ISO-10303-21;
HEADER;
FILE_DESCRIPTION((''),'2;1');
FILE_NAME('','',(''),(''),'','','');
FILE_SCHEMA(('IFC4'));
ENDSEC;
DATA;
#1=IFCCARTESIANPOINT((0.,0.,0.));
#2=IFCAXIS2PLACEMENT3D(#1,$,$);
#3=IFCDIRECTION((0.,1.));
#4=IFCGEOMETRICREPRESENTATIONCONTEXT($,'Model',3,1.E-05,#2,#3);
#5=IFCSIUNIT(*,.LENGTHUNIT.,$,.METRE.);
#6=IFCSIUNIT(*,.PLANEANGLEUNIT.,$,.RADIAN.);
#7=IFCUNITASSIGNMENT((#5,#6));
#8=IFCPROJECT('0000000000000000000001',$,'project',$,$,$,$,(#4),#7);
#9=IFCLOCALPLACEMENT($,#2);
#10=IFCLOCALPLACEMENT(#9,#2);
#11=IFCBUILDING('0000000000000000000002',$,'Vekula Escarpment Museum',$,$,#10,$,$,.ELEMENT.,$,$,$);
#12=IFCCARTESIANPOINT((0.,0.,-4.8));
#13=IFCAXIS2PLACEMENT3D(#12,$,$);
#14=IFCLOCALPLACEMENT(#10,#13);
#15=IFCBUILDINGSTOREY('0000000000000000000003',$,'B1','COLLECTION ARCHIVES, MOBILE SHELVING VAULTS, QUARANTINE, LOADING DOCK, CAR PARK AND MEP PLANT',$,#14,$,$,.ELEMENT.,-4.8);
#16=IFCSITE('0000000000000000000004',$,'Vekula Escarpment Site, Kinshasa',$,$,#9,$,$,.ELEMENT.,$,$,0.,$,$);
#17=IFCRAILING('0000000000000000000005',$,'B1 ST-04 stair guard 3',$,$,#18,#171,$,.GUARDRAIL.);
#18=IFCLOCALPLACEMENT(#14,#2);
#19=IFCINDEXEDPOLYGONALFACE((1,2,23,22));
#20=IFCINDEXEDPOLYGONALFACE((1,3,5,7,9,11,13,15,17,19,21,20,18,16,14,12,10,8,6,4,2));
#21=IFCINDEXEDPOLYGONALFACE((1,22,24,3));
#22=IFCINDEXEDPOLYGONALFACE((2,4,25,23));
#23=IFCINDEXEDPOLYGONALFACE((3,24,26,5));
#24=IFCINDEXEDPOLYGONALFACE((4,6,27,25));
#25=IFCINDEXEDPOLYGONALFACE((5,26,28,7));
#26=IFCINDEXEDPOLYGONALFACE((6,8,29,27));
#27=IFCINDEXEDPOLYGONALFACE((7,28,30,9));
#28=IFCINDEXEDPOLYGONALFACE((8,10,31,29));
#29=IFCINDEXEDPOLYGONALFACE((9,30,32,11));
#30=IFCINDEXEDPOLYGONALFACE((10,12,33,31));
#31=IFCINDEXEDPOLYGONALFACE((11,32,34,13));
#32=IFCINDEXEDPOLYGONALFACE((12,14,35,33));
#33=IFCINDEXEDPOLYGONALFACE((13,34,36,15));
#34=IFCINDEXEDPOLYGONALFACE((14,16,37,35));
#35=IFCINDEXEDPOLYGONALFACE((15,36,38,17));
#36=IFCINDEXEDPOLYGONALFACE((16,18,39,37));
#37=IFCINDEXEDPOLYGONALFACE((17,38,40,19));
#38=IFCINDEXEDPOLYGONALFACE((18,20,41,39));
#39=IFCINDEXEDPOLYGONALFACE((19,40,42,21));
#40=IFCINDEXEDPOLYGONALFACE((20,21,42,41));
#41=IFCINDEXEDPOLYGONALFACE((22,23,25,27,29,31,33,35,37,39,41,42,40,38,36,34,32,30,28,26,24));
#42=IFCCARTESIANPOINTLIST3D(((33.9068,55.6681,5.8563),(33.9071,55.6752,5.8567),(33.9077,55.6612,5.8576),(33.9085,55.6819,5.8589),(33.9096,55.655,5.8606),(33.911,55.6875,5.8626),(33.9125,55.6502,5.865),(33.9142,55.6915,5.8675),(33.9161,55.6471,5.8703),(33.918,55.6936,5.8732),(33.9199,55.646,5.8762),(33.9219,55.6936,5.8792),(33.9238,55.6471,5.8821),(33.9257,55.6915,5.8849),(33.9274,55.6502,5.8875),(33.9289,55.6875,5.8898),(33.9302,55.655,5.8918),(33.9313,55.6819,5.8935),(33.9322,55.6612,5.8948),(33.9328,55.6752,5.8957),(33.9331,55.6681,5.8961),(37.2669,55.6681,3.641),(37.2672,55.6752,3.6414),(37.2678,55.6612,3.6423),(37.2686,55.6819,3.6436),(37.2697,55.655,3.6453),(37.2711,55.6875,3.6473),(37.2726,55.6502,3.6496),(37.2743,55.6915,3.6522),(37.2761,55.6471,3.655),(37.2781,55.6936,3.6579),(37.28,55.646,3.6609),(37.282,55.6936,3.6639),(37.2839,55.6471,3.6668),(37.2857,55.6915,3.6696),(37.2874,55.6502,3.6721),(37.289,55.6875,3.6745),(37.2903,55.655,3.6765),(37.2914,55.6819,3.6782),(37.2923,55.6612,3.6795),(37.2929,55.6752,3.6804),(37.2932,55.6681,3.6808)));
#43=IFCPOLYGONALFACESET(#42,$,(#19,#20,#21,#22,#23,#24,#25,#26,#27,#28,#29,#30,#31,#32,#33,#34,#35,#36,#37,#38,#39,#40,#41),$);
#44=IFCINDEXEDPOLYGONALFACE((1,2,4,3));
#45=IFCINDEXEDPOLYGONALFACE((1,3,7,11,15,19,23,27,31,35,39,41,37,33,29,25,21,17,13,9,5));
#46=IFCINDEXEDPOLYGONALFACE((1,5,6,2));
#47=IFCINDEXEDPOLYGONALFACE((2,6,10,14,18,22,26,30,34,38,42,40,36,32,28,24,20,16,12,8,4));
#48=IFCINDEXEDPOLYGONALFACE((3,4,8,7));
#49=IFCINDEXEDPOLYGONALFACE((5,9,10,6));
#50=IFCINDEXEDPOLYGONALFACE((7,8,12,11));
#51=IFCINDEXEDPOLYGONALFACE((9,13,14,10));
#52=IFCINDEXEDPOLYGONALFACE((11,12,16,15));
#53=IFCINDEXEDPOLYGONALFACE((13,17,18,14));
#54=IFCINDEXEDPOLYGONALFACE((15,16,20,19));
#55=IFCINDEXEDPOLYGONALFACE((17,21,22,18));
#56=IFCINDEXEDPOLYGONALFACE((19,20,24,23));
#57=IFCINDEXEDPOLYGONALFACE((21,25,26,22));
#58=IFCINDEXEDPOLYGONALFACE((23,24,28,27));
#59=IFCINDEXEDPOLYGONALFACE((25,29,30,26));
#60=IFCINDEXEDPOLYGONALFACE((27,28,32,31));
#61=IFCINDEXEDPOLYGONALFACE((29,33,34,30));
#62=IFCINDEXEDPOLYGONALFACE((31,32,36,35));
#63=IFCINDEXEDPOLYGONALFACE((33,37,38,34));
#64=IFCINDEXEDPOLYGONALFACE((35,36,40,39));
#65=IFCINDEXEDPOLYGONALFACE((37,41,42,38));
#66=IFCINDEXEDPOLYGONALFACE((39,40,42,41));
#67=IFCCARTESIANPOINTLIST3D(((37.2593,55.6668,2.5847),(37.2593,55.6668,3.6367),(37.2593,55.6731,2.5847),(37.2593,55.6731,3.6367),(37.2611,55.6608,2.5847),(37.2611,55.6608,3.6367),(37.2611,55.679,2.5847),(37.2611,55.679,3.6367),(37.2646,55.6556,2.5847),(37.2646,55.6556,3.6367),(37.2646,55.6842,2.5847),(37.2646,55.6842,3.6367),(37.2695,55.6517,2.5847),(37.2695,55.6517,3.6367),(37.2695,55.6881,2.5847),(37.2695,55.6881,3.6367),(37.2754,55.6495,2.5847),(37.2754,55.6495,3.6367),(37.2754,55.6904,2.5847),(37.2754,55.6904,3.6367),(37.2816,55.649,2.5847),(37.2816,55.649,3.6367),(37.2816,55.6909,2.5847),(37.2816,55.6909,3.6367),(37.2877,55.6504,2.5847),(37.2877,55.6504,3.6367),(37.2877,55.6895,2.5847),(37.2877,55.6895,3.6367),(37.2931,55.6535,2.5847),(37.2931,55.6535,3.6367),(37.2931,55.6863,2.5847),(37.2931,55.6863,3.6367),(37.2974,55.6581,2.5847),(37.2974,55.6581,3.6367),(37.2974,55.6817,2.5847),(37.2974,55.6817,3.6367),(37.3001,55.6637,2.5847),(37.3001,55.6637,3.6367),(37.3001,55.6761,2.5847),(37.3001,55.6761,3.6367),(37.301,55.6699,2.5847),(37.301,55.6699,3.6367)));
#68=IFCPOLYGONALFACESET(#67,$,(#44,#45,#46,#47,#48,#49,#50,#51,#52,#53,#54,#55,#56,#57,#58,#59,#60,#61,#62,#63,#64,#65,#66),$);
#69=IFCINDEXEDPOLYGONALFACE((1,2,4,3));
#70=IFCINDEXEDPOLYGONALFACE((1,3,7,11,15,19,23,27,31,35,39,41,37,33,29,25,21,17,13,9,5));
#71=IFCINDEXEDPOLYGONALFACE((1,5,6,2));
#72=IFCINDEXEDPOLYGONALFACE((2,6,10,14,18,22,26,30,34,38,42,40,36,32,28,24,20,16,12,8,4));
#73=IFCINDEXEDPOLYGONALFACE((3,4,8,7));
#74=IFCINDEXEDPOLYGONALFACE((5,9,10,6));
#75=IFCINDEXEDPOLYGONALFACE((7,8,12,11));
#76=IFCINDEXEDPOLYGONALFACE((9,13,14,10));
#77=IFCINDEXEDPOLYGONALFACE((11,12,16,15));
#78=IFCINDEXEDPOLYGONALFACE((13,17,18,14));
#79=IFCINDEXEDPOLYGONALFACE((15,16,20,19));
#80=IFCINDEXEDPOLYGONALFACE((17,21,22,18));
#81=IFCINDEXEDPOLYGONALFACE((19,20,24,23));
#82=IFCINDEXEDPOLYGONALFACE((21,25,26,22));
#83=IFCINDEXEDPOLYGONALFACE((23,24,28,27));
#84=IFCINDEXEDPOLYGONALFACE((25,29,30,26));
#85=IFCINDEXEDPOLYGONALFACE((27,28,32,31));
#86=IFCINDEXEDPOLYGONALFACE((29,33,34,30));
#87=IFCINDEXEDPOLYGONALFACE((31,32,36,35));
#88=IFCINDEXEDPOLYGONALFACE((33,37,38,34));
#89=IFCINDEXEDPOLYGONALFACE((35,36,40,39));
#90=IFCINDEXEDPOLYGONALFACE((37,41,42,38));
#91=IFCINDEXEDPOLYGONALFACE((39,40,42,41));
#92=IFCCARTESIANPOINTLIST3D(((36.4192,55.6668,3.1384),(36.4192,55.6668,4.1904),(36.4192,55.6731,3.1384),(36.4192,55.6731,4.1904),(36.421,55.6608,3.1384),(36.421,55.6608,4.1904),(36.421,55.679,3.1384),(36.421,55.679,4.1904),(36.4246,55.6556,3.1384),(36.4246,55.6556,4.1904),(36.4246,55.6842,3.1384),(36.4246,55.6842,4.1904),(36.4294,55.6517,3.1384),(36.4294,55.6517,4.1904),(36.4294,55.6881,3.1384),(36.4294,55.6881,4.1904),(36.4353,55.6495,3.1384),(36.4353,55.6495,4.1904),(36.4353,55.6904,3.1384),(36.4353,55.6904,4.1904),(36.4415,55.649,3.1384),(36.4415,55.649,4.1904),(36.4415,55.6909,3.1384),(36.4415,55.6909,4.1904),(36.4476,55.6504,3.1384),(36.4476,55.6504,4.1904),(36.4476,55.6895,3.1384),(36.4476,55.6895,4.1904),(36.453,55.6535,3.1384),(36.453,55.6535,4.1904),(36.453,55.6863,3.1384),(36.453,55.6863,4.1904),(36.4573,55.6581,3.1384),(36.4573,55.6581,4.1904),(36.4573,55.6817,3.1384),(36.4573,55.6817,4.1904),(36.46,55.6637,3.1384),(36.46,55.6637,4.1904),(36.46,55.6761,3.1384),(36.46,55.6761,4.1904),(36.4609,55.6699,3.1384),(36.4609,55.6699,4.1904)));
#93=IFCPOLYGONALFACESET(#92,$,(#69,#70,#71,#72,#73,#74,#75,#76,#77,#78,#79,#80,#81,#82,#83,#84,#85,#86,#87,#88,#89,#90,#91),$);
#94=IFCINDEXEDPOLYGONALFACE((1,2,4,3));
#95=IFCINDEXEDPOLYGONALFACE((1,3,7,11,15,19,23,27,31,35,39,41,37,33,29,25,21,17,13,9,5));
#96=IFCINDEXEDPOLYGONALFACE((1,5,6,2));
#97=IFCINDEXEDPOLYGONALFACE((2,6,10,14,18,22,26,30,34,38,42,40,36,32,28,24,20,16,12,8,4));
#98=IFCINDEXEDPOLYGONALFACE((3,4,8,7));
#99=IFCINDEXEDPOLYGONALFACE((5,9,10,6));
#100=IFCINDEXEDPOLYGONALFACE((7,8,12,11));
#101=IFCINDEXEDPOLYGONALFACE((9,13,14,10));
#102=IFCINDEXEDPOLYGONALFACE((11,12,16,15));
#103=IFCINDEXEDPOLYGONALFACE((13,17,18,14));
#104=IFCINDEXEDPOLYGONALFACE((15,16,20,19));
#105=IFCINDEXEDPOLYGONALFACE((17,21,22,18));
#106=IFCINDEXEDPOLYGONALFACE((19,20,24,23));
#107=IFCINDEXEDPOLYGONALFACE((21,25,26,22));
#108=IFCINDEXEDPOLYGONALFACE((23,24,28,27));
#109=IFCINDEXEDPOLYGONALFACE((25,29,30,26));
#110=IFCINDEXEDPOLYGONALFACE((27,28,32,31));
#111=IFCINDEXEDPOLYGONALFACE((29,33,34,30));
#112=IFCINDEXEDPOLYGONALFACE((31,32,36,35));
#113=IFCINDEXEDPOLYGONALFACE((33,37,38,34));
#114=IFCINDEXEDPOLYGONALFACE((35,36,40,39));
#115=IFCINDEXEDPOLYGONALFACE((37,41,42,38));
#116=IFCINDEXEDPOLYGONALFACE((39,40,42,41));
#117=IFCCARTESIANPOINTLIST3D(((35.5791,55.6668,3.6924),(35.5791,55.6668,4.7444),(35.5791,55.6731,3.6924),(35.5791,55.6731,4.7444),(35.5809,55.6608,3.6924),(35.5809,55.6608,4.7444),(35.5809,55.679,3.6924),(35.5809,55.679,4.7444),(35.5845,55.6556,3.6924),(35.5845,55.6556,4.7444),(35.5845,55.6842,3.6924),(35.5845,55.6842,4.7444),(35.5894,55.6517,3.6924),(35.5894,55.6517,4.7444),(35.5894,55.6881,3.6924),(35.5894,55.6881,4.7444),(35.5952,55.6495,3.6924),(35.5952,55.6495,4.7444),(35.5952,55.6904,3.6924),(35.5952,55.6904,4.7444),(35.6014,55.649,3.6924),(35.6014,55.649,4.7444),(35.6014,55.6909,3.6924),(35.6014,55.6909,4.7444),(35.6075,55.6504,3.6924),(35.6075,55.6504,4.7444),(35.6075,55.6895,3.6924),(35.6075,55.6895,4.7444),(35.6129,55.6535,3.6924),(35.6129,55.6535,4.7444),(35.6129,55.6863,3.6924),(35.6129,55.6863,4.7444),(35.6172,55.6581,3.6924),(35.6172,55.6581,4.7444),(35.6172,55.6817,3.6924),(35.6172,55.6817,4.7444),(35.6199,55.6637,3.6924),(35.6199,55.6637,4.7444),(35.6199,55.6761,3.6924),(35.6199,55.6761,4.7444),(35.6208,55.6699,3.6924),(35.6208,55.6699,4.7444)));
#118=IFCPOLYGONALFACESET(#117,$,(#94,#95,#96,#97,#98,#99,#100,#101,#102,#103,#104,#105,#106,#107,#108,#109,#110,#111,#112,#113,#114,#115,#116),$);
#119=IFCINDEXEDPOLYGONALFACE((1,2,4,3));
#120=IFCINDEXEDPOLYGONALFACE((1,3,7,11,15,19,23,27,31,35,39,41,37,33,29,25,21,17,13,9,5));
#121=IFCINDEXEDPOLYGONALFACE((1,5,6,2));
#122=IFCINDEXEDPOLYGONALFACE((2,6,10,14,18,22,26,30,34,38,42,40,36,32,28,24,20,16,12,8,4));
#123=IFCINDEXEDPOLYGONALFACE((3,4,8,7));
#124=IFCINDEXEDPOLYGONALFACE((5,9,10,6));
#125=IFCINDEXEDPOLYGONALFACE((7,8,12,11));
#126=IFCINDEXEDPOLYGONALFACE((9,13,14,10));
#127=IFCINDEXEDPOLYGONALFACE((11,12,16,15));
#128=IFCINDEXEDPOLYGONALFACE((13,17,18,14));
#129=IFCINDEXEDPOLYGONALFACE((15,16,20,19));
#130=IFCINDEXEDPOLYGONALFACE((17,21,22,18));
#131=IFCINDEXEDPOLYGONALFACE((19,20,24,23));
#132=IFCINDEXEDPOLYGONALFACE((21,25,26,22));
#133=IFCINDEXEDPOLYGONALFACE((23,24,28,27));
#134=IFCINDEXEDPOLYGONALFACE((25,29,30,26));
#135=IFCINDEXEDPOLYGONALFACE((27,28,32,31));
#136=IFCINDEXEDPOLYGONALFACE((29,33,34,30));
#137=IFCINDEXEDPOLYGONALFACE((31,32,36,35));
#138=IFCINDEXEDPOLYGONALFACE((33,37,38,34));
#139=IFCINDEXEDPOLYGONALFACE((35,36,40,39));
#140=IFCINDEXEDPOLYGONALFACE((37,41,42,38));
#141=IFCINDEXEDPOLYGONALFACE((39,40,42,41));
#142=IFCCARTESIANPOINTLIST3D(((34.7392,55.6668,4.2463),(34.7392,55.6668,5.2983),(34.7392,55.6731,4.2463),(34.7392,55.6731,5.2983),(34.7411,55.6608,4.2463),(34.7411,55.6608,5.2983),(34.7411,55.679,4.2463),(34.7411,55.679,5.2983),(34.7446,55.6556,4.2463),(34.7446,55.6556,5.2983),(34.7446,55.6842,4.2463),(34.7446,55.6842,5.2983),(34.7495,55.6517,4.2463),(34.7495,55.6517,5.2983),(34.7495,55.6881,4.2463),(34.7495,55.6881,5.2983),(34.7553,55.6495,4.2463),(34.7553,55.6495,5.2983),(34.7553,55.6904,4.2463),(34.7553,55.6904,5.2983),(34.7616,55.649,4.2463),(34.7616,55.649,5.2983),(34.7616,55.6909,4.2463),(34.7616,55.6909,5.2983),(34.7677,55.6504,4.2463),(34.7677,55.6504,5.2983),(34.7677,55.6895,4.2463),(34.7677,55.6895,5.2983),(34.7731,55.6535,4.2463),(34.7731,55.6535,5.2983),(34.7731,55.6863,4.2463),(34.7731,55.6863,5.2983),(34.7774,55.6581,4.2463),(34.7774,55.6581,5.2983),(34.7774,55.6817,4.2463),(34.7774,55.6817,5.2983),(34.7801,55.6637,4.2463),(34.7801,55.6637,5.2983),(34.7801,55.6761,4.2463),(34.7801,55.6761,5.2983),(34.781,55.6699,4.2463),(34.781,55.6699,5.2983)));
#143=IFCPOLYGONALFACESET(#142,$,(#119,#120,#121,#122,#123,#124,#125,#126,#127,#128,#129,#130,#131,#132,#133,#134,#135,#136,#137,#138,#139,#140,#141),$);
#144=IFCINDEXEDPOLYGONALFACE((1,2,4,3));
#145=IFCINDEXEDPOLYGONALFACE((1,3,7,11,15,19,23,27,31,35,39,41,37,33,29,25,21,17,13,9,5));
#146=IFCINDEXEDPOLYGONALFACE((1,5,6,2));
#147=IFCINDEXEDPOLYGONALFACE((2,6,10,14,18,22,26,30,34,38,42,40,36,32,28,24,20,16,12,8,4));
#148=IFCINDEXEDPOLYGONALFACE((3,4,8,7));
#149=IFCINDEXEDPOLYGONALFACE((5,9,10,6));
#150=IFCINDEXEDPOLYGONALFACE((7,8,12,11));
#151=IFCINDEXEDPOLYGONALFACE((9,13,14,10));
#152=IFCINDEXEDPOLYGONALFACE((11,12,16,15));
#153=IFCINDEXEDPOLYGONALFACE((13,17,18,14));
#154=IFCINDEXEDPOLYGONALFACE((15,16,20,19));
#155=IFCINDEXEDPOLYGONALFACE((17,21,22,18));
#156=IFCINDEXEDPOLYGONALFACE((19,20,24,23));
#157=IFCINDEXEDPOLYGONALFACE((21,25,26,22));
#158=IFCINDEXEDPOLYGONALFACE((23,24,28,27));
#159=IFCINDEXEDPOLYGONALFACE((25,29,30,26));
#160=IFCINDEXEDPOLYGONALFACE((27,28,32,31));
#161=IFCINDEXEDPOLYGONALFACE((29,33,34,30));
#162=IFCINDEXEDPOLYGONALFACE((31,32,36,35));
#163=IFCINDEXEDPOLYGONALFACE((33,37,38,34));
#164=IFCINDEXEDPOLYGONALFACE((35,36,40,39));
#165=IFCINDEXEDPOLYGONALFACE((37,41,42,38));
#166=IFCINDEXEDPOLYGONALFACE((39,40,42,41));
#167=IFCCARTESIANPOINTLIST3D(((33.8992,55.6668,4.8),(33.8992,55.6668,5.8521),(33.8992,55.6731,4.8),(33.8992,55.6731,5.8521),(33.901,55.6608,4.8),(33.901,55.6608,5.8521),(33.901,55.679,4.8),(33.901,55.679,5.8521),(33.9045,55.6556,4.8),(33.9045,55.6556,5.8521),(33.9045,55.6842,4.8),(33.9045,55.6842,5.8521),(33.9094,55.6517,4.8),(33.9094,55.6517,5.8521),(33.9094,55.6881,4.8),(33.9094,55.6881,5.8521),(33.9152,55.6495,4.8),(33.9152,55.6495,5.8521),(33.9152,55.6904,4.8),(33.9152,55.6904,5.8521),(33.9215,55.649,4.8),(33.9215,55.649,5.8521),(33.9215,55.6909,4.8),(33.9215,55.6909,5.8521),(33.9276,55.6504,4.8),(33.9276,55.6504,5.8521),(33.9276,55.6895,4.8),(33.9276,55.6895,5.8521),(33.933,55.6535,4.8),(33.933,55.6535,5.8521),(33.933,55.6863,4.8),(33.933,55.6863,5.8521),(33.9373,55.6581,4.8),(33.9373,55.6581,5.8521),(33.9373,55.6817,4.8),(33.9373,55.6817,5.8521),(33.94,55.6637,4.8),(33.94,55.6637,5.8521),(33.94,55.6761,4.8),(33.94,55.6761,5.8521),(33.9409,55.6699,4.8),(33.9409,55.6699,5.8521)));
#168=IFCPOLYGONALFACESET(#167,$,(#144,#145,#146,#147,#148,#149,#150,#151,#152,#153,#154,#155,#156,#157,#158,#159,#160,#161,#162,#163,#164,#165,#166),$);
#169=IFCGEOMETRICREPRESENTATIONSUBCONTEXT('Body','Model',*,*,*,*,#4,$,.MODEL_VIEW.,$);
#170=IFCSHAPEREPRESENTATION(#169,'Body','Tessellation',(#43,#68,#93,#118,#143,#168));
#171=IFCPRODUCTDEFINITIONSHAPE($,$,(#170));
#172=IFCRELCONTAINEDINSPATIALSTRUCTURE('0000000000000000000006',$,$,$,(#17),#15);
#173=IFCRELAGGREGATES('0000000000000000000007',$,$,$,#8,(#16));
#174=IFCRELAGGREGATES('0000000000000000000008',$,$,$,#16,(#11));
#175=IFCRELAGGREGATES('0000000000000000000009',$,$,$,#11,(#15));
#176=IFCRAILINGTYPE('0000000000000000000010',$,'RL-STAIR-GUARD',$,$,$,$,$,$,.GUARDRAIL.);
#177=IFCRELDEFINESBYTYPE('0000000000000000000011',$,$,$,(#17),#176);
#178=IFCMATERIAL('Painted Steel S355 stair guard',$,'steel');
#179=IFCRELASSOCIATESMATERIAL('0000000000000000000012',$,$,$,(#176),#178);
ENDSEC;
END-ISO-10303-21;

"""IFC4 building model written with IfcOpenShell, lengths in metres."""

from ifc_helpers import new_model, si_unit, direction, frame, origin, origin_2d, place, context, subcontext, project, spatial, circle, extrude, material, type_object, element, save


model = new_model("IFC4")

# Units and contexts
model_context = context("Model", 3, precision=1e-05, world=origin(), true_north=direction((0.0, 1.0)))
body_context = subcontext(model_context, "Body", "Model", "MODEL_VIEW")
ifc_project = project(units=[si_unit("LENGTHUNIT", "METRE"), si_unit("PLANEANGLEUNIT", "RADIAN")], contexts=[model_context])

# Site, building, storey
site_placement = place(None, origin())
site = spatial("IfcSite", under=ifc_project, at=site_placement, Name="Vekula Escarpment Site, Kinshasa", CompositionType="ELEMENT", RefElevation=0.0)
building_placement = place(site_placement, origin())
building = spatial("IfcBuilding", under=site, at=building_placement, Name="Vekula Escarpment Museum", CompositionType="ELEMENT")
storey_placement = place(building_placement, frame((0.0, 0.0, -4.8)))
storey = spatial("IfcBuildingStorey", under=building, at=storey_placement, Name="B1", Description="COLLECTION ARCHIVES, MOBILE SHELVING VAULTS, QUARANTINE, LOADING DOCK, CAR PARK AND MEP PLANT", CompositionType="ELEMENT", Elevation=-4.8)

# Railing
ifc_material_1 = material(Name="Painted Steel S355 stair guard", Category="steel")
railing_type_1 = type_object("IfcRailingType", Name="RL-STAIR-GUARD", PredefinedType="GUARDRAIL", material=ifc_material_1)
railing_1_placement = place(storey_placement, frame((37.28, 55.6699, 2.5847)))
element("IfcRailing", 1, at=railing_1_placement, inside=storey, type_object=railing_type_1, Name="B1 ST-04 stair guard 3", PredefinedType="GUARDRAIL", context=body_context, shape_type="SweptSolid", body=[
    extrude(circle(Radius=0.0239, at=origin_2d()), frame((0.0, 0.0, 1.0762), z_axis=(-0.834876, 0.0, 0.550437), x_axis=(0.0, -1.0, 0.0)), (0.0, 0.0, 1.0), 4.0247),
    extrude(circle(Radius=0.021, at=origin_2d()), origin(), (0.0, 0.0, 1.0), 1.052),
    extrude(circle(Radius=0.021, at=origin_2d()), frame((-0.8401, 0.0, 0.5537)), (0.0, 0.0, 1.0), 1.052),
    extrude(circle(Radius=0.021, at=origin_2d()), frame((-1.6802, 0.0, 1.1077)), (0.0, 0.0, 1.0), 1.052),
    extrude(circle(Radius=0.021, at=origin_2d()), frame((-2.52, 0.0, 1.6616)), (0.0, 0.0, 1.0), 1.052),
    extrude(circle(Radius=0.021, at=origin_2d()), frame((-3.3601, 0.0, 2.2153)), (0.0, 0.0, 1.0), 1.052),
])

save(model, "model.ifc")
